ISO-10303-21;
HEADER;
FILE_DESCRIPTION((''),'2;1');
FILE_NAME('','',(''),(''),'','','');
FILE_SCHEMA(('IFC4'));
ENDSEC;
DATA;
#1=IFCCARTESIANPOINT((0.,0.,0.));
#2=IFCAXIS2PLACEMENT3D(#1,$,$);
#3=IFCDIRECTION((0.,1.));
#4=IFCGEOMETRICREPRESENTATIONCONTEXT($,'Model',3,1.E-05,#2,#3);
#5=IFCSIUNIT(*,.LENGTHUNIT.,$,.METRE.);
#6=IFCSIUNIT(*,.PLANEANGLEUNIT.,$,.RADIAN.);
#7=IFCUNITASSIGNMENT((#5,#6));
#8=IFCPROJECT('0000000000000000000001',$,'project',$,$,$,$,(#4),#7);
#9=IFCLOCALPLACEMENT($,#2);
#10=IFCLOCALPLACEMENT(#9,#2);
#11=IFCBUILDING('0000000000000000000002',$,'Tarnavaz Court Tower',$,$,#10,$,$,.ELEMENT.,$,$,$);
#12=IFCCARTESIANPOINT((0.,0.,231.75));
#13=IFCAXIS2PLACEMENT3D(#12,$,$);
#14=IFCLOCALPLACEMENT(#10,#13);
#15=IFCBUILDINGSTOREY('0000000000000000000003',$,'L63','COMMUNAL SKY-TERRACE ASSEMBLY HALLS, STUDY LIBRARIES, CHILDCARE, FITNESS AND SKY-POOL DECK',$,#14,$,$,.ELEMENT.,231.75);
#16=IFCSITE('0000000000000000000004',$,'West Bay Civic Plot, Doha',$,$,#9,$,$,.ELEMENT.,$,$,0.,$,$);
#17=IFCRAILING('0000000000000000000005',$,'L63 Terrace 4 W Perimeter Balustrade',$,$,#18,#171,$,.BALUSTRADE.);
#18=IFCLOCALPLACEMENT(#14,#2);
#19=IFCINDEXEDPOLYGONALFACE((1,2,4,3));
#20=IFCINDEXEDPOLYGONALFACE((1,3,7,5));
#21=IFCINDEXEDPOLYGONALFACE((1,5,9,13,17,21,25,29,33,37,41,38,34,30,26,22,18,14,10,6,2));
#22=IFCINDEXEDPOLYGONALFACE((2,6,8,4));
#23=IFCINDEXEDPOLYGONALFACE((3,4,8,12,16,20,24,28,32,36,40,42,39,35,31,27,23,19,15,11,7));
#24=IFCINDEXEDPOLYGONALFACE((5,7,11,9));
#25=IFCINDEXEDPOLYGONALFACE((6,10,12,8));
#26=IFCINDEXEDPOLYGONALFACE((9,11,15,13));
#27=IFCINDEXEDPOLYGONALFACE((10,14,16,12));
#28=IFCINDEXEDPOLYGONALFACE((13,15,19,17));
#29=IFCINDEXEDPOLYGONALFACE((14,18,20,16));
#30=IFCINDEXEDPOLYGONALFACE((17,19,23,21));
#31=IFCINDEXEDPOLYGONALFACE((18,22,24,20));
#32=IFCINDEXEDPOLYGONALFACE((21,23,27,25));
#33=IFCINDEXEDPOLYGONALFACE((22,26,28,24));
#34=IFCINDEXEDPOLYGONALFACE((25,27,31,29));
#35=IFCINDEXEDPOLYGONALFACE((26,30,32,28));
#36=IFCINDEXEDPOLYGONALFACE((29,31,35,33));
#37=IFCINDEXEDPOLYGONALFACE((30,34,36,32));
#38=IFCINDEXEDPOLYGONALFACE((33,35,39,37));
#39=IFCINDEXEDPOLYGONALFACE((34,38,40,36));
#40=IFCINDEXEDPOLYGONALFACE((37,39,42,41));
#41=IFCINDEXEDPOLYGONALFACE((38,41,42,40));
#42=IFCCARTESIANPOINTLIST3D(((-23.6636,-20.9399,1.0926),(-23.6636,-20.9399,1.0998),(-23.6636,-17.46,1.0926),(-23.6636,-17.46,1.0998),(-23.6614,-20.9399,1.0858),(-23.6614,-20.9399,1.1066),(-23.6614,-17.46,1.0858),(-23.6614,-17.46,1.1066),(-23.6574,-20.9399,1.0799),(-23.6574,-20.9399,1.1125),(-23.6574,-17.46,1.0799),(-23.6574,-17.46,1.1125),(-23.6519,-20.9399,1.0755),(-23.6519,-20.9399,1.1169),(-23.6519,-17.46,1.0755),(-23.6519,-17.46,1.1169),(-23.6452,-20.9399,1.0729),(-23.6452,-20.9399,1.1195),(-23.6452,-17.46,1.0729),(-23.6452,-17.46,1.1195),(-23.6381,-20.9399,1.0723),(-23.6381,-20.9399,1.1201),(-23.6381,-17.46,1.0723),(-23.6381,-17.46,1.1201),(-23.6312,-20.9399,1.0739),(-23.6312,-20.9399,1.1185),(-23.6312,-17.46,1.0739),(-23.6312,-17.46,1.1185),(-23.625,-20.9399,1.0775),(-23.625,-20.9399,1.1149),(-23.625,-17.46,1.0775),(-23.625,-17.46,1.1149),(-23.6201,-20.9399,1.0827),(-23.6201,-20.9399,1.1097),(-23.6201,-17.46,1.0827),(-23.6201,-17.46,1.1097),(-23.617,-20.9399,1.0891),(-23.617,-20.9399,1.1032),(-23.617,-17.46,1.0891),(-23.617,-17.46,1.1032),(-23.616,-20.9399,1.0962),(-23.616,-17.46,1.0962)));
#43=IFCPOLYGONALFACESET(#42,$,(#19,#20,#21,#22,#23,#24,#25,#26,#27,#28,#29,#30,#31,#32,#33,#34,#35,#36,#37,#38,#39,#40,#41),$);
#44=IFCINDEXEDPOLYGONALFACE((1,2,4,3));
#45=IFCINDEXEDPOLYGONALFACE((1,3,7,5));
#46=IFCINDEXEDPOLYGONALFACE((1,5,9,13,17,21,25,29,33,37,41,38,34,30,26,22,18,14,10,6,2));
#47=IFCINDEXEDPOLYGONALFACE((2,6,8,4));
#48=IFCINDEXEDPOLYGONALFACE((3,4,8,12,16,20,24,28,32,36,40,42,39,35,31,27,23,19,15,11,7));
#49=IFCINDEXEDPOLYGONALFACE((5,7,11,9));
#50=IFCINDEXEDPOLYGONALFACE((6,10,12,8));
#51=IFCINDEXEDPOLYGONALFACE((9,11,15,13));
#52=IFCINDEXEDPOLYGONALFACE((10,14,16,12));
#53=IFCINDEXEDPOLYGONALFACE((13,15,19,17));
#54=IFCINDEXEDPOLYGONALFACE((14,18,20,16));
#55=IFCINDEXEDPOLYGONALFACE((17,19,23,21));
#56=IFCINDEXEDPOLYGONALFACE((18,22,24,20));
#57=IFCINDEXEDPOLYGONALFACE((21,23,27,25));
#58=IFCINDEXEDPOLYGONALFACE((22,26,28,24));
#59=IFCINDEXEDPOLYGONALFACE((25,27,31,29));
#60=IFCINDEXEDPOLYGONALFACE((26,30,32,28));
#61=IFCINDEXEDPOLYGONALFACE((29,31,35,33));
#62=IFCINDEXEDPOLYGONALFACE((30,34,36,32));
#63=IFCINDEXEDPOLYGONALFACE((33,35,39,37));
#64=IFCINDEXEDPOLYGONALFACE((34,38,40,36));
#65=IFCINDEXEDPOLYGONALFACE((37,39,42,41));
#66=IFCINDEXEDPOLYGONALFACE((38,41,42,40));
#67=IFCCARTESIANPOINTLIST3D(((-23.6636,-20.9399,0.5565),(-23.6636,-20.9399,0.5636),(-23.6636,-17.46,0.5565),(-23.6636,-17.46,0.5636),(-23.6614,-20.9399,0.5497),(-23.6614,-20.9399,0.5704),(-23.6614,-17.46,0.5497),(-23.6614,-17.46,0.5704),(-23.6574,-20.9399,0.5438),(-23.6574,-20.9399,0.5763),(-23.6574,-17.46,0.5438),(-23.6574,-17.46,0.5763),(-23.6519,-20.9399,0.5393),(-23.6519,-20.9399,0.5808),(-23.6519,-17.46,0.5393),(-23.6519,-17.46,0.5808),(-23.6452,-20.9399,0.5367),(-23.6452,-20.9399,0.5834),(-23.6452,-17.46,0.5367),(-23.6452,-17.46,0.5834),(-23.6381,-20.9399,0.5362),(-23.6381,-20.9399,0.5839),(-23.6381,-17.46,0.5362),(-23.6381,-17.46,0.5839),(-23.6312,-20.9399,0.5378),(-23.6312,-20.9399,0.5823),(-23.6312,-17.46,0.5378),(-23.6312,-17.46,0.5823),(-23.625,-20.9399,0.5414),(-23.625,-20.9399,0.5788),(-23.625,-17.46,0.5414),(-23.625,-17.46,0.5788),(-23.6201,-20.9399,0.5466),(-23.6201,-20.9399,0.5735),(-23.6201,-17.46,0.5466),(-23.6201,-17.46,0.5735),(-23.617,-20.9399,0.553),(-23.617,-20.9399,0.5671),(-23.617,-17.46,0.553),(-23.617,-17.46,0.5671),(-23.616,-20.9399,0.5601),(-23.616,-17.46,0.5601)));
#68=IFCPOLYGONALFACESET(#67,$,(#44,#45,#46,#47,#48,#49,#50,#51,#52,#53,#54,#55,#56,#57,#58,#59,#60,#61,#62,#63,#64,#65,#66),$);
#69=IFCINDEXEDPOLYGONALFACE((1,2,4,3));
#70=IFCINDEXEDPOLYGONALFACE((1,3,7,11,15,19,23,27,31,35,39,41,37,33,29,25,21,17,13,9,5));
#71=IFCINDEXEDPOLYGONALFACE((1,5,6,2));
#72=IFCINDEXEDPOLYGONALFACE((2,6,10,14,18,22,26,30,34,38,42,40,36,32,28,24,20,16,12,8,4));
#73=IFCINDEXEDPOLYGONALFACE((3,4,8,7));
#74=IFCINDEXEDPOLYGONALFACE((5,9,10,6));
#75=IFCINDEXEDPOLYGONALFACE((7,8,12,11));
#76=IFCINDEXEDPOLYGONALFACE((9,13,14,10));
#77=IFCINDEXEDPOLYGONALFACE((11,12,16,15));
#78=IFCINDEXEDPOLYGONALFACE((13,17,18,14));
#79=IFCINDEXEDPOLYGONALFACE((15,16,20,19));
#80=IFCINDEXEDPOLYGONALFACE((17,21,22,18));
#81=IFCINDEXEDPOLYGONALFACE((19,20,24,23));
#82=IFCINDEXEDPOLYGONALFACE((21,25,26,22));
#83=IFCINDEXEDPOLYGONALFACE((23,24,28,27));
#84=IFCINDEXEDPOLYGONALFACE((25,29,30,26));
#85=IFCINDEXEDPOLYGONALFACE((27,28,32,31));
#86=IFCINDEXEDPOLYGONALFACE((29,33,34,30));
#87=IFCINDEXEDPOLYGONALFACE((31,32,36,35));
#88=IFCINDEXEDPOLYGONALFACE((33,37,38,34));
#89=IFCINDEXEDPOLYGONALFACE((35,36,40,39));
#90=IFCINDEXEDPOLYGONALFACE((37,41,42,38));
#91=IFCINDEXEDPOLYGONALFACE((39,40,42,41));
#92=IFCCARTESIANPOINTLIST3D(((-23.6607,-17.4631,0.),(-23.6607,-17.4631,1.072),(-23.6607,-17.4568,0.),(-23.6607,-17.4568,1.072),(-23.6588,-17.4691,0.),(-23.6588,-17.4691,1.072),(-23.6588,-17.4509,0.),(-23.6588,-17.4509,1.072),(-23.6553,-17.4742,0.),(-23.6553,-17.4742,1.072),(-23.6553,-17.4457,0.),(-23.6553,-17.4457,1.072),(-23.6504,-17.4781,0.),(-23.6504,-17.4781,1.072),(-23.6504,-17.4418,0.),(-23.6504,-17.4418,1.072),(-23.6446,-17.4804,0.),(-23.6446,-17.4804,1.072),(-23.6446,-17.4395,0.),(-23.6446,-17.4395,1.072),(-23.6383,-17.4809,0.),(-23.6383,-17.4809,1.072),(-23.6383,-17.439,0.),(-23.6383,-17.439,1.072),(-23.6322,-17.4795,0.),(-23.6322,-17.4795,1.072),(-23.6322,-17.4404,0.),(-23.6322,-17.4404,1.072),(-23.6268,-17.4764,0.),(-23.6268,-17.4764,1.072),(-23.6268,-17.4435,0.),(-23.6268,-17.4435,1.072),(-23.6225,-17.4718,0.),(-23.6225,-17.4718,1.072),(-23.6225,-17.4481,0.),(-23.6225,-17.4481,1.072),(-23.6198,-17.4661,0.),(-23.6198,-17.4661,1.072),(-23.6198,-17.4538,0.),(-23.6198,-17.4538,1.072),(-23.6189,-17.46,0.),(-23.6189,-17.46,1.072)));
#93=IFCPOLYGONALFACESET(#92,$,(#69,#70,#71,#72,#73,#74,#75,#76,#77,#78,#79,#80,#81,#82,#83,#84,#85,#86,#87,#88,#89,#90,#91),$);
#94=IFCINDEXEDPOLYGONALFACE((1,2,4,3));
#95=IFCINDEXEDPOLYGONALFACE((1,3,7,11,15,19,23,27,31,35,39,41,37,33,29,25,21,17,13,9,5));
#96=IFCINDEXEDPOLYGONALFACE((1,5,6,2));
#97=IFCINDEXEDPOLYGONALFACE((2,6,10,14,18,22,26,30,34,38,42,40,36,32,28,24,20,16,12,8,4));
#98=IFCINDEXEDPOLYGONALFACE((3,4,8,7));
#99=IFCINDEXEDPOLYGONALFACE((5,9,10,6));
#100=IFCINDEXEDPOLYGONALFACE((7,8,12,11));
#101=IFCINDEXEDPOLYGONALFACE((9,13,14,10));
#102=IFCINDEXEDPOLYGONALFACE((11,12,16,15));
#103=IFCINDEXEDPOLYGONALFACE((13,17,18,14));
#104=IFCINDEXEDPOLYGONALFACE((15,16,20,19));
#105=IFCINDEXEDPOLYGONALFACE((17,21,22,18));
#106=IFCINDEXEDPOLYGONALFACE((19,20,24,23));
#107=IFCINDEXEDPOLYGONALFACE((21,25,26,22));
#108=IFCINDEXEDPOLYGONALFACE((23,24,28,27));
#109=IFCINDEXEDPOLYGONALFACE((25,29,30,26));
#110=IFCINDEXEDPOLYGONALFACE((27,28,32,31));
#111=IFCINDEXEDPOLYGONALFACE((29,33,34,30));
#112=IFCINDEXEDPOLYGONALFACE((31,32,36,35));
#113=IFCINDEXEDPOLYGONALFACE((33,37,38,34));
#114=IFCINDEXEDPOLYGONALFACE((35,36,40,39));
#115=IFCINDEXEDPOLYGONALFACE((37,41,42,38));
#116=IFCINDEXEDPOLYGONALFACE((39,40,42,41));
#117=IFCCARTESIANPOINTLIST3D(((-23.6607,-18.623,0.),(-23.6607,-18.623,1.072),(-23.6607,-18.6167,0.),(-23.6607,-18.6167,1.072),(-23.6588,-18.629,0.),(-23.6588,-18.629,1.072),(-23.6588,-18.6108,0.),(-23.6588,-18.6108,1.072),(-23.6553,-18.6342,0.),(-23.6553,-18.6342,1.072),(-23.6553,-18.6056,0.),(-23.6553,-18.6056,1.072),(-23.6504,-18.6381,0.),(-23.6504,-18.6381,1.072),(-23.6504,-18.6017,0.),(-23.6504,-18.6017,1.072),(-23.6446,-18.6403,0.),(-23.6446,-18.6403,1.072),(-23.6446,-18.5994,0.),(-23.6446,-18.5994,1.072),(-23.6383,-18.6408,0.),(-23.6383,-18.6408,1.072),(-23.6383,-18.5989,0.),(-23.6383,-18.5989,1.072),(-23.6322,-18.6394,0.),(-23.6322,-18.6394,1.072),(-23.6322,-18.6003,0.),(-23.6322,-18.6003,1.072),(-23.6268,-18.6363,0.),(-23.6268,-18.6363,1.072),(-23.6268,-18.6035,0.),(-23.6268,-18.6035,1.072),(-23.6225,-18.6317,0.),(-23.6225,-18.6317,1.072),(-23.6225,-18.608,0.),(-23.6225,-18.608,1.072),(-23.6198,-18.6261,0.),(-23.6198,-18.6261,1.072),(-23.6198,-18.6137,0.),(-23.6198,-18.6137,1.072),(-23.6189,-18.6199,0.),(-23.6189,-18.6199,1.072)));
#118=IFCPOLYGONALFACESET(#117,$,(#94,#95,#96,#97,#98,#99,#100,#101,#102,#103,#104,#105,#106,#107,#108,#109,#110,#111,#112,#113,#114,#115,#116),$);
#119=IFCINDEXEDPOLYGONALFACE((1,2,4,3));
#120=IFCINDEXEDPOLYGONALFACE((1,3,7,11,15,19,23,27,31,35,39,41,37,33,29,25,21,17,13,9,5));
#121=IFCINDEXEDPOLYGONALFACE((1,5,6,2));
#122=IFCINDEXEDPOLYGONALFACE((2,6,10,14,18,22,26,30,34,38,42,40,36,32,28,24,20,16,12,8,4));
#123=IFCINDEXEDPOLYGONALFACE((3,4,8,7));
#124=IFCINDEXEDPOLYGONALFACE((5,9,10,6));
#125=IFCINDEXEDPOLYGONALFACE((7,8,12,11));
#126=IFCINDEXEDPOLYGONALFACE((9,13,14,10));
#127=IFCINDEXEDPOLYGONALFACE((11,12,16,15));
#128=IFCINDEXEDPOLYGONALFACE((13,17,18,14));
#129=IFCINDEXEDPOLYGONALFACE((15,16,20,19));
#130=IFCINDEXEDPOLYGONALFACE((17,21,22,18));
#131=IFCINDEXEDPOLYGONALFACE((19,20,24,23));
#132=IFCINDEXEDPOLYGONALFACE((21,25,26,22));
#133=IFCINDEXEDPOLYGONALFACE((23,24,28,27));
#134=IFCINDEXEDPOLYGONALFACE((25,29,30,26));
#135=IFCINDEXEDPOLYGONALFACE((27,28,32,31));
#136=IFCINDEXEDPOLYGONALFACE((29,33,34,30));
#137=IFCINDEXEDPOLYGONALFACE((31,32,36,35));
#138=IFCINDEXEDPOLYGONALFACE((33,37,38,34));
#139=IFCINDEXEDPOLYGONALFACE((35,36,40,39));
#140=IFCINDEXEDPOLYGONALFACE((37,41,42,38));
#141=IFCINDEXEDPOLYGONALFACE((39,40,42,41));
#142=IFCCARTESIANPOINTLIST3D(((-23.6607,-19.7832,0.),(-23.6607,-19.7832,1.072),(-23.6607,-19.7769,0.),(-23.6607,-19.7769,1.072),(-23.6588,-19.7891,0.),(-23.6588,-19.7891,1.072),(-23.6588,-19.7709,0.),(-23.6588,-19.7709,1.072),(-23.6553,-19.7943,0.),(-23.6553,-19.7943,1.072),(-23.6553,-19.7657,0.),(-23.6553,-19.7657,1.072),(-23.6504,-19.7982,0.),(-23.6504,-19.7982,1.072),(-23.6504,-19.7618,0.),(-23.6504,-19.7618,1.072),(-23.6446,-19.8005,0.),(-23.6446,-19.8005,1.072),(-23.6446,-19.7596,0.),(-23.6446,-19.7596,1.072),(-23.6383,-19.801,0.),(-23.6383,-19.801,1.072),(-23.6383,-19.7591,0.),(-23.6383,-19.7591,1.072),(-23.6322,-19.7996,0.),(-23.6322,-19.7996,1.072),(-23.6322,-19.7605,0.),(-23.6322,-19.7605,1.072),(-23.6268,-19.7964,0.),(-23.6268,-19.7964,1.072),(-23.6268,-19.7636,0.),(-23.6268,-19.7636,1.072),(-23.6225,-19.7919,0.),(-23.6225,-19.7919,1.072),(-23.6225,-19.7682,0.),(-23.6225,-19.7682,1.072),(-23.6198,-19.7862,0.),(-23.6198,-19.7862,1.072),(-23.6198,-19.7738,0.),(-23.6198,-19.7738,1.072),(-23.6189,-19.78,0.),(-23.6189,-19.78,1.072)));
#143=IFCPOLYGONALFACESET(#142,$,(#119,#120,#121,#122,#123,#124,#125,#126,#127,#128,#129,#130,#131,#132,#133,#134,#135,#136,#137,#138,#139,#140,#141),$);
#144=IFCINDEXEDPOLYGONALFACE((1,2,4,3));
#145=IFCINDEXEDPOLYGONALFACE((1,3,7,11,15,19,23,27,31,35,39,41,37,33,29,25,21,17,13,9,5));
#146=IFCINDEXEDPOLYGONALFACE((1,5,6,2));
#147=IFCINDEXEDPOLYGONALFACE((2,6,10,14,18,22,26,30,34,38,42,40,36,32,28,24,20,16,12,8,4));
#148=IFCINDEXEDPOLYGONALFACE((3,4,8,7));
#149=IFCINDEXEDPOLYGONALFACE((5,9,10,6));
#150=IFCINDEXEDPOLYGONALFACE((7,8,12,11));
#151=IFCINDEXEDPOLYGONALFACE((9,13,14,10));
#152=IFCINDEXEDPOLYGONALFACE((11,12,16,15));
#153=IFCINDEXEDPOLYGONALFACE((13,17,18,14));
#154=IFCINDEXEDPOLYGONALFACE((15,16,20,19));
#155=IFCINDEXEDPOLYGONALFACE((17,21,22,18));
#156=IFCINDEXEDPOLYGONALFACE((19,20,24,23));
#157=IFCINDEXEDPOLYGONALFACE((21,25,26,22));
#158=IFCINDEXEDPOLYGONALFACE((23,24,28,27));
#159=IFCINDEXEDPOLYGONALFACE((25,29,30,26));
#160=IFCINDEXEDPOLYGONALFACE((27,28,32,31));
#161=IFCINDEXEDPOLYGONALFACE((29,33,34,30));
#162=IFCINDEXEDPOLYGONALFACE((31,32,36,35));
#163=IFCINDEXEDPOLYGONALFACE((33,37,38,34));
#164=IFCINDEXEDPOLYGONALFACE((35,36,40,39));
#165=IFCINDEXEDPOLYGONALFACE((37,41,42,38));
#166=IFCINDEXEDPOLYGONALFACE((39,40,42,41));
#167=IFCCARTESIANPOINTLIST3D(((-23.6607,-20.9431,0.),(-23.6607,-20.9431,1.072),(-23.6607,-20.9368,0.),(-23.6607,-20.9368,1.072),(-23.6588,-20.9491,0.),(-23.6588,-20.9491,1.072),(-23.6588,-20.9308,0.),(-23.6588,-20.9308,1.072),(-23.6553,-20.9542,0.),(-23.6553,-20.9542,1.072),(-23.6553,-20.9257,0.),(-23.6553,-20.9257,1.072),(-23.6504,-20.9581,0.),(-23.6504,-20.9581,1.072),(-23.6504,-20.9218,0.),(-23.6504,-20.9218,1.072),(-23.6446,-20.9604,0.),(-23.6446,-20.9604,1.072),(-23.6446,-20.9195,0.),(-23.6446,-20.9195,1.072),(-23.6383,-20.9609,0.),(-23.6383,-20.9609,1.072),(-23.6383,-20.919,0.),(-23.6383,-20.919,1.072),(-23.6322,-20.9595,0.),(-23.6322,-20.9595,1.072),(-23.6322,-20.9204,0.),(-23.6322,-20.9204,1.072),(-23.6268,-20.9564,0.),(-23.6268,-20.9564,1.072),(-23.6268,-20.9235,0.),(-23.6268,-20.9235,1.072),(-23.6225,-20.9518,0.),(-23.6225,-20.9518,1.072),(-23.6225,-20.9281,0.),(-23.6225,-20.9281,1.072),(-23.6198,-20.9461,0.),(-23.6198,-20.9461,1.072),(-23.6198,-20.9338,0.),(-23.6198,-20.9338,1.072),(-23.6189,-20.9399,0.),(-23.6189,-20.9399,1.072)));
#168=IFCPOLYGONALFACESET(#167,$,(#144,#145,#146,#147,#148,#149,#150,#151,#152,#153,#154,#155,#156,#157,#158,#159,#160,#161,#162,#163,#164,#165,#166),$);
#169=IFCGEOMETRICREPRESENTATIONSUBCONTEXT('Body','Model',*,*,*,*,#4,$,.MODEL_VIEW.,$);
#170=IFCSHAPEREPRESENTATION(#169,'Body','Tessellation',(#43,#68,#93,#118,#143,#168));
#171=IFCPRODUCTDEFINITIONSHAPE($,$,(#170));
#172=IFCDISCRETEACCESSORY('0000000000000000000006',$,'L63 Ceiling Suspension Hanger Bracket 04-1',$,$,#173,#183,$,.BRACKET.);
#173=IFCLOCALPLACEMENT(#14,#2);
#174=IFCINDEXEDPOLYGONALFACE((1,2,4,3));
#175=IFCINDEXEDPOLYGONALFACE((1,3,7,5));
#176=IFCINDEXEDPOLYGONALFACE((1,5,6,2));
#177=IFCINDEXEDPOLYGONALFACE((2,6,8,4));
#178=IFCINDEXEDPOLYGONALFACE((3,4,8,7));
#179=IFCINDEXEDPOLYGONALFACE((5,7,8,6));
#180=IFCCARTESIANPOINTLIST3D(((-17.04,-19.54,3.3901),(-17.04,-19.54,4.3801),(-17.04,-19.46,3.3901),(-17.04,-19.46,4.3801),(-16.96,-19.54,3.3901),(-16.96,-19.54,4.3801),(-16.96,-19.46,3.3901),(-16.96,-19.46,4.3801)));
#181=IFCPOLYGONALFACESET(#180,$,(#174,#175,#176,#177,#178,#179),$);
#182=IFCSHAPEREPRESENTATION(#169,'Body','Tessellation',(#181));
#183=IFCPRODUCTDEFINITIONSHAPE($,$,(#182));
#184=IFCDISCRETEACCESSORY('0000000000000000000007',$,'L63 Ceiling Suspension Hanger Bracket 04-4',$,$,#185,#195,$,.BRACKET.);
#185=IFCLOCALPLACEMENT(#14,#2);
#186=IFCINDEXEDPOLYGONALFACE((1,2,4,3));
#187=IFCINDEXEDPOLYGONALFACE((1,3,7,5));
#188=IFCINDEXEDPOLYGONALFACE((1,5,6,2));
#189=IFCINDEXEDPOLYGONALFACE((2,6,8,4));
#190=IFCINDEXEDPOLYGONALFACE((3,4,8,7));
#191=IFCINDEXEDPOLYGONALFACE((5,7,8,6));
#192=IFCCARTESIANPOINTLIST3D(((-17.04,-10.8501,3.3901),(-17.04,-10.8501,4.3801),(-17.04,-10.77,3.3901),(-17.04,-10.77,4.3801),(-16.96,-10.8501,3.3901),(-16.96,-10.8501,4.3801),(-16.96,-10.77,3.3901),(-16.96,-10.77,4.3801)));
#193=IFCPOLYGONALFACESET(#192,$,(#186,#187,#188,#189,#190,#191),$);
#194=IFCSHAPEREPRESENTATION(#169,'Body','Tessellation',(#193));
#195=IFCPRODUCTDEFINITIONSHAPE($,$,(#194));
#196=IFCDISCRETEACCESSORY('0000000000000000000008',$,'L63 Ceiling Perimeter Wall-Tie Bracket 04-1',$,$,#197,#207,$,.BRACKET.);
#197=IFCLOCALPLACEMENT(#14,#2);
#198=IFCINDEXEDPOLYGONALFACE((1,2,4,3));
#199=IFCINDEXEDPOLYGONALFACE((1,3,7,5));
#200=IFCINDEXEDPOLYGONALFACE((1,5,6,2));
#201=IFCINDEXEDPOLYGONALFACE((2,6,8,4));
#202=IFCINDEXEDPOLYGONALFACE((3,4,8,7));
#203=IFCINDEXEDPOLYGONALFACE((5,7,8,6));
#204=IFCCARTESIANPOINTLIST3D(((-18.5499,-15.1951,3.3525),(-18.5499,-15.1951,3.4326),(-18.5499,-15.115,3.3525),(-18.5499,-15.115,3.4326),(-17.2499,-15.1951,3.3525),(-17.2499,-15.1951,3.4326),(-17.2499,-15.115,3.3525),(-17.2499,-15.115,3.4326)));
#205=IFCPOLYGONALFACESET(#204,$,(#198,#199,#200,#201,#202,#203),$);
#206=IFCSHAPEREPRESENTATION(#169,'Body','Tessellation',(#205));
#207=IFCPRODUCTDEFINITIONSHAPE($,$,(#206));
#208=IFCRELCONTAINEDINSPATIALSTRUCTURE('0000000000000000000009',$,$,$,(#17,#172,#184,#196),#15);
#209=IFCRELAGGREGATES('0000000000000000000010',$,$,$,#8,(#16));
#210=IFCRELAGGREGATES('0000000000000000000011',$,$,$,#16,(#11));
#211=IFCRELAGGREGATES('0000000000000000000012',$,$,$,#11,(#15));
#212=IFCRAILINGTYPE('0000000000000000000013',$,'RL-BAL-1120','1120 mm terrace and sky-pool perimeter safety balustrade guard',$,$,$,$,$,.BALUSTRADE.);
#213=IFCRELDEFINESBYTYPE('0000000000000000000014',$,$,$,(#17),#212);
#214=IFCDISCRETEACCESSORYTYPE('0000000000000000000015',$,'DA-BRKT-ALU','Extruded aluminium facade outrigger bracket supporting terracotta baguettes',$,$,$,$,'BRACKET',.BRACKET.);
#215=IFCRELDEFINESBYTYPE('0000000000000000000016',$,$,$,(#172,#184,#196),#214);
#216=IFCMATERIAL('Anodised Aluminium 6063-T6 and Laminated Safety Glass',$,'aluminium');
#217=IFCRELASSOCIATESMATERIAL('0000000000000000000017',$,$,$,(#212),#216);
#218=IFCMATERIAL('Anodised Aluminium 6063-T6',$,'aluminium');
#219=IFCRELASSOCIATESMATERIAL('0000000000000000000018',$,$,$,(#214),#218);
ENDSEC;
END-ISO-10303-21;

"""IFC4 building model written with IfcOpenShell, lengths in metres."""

from ifc_helpers import new_model, si_unit, direction, frame, origin, origin_2d, place, context, subcontext, project, spatial, rectangle, circle, extrude, material, type_object, element, save


model = new_model("IFC4")

# Units and contexts
model_context = context("Model", 3, precision=1e-05, world=origin(), true_north=direction((0.0, 1.0)))
body_context = subcontext(model_context, "Body", "Model", "MODEL_VIEW")
ifc_project = project(units=[si_unit("LENGTHUNIT", "METRE"), si_unit("PLANEANGLEUNIT", "RADIAN")], contexts=[model_context])

# Site, building, storey
site_placement = place(None, origin())
site = spatial("IfcSite", under=ifc_project, at=site_placement, Name="West Bay Civic Plot, Doha", CompositionType="ELEMENT", RefElevation=0.0)
building_placement = place(site_placement, origin())
building = spatial("IfcBuilding", under=site, at=building_placement, Name="Tarnavaz Court Tower", CompositionType="ELEMENT")
storey_placement = place(building_placement, frame((0.0, 0.0, 231.75)))
storey = spatial("IfcBuildingStorey", under=building, at=storey_placement, Name="L63", Description="COMMUNAL SKY-TERRACE ASSEMBLY HALLS, STUDY LIBRARIES, CHILDCARE, FITNESS AND SKY-POOL DECK", CompositionType="ELEMENT", Elevation=231.75)

# Shared definitions
ifc_material_1 = material(Name="Anodised Aluminium 6063-T6", Category="aluminium")

# Railing
ifc_material_2 = material(Name="Anodised Aluminium 6063-T6 and Laminated Safety Glass", Category="aluminium")
railing_type = type_object("IfcRailingType", Name="RL-BAL-1120", Description="1120 mm terrace and sky-pool perimeter safety balustrade guard", PredefinedType="BALUSTRADE", material=ifc_material_2)
railing_1_placement = place(storey_placement, frame((-23.6399, -17.46, 0.0)))
element("IfcRailing", 1, at=railing_1_placement, inside=storey, type_object=railing_type, Name="L63 Terrace 4 W Perimeter Balustrade", PredefinedType="BALUSTRADE", context=body_context, shape_type="SweptSolid", body=[
    extrude(circle(Radius=0.0239, at=origin_2d()), frame((0.0, 0.0, 1.0962), z_axis=(0.0, -1.0, 0.0), x_axis=(1.0, 0.0, 0.0)), (0.0, 0.0, 1.0), 3.48),
    extrude(circle(Radius=0.0239, at=origin_2d()), frame((0.0, 0.0, 0.5601), z_axis=(0.0, -1.0, 0.0), x_axis=(1.0, 0.0, 0.0)), (0.0, 0.0, 1.0), 3.48),
    extrude(circle(Radius=0.021, at=origin_2d()), origin(), (0.0, 0.0, 1.0), 1.072),
    extrude(circle(Radius=0.021, at=origin_2d()), frame((0.0, -1.1599, 0.0)), (0.0, 0.0, 1.0), 1.072),
    extrude(circle(Radius=0.021, at=origin_2d()), frame((0.0, -2.3201, 0.0)), (0.0, 0.0, 1.0), 1.072),
    extrude(circle(Radius=0.021, at=origin_2d()), frame((0.0, -3.48, 0.0)), (0.0, 0.0, 1.0), 1.072),
])

# Discrete accessories
discrete_accessory_type = type_object("IfcDiscreteAccessoryType", Name="DA-BRKT-ALU", Description="Extruded aluminium facade outrigger bracket supporting terracotta baguettes", ElementType="BRACKET", PredefinedType="BRACKET", material=ifc_material_1)
for number, where, z_axis, x_axis, name in (
    (2, (-17.0, -19.5, 3.3901), (0.0, 0.0, 1.0), (1.0, 0.0, 0.0), "L63 Ceiling Suspension Hanger Bracket 04-1"),
    (3, (-17.0, -10.8101, 3.3901), (0.0, 0.0, 1.0), (1.0, 0.0, 0.0), "L63 Ceiling Suspension Hanger Bracket 04-4"),
):
    element("IfcDiscreteAccessory", number, at=place(storey_placement, frame(where, z_axis=z_axis, x_axis=x_axis)), inside=storey, type_object=discrete_accessory_type, Name=name, PredefinedType="BRACKET", context=body_context, shape_type="SweptSolid", body=[
        extrude(rectangle(XDim=0.0801, YDim=0.0801, at=origin_2d()), origin(), (0.0, 0.0, 1.0), 0.99),
    ])
discrete_accessory_placement = place(storey_placement, frame((-17.8999, -15.155, 3.3525), z_axis=(0.0, 0.0, 1.0), x_axis=(1.0, 0.0, 0.0)))
element("IfcDiscreteAccessory", 4, at=discrete_accessory_placement, inside=storey, type_object=discrete_accessory_type, Name="L63 Ceiling Perimeter Wall-Tie Bracket 04-1", PredefinedType="BRACKET", context=body_context, shape_type="SweptSolid", body=[
    extrude(rectangle(XDim=1.3, YDim=0.0801, at=origin_2d()), origin(), (0.0, 0.0, 1.0), 0.0801),
])

save(model, "model.ifc")
